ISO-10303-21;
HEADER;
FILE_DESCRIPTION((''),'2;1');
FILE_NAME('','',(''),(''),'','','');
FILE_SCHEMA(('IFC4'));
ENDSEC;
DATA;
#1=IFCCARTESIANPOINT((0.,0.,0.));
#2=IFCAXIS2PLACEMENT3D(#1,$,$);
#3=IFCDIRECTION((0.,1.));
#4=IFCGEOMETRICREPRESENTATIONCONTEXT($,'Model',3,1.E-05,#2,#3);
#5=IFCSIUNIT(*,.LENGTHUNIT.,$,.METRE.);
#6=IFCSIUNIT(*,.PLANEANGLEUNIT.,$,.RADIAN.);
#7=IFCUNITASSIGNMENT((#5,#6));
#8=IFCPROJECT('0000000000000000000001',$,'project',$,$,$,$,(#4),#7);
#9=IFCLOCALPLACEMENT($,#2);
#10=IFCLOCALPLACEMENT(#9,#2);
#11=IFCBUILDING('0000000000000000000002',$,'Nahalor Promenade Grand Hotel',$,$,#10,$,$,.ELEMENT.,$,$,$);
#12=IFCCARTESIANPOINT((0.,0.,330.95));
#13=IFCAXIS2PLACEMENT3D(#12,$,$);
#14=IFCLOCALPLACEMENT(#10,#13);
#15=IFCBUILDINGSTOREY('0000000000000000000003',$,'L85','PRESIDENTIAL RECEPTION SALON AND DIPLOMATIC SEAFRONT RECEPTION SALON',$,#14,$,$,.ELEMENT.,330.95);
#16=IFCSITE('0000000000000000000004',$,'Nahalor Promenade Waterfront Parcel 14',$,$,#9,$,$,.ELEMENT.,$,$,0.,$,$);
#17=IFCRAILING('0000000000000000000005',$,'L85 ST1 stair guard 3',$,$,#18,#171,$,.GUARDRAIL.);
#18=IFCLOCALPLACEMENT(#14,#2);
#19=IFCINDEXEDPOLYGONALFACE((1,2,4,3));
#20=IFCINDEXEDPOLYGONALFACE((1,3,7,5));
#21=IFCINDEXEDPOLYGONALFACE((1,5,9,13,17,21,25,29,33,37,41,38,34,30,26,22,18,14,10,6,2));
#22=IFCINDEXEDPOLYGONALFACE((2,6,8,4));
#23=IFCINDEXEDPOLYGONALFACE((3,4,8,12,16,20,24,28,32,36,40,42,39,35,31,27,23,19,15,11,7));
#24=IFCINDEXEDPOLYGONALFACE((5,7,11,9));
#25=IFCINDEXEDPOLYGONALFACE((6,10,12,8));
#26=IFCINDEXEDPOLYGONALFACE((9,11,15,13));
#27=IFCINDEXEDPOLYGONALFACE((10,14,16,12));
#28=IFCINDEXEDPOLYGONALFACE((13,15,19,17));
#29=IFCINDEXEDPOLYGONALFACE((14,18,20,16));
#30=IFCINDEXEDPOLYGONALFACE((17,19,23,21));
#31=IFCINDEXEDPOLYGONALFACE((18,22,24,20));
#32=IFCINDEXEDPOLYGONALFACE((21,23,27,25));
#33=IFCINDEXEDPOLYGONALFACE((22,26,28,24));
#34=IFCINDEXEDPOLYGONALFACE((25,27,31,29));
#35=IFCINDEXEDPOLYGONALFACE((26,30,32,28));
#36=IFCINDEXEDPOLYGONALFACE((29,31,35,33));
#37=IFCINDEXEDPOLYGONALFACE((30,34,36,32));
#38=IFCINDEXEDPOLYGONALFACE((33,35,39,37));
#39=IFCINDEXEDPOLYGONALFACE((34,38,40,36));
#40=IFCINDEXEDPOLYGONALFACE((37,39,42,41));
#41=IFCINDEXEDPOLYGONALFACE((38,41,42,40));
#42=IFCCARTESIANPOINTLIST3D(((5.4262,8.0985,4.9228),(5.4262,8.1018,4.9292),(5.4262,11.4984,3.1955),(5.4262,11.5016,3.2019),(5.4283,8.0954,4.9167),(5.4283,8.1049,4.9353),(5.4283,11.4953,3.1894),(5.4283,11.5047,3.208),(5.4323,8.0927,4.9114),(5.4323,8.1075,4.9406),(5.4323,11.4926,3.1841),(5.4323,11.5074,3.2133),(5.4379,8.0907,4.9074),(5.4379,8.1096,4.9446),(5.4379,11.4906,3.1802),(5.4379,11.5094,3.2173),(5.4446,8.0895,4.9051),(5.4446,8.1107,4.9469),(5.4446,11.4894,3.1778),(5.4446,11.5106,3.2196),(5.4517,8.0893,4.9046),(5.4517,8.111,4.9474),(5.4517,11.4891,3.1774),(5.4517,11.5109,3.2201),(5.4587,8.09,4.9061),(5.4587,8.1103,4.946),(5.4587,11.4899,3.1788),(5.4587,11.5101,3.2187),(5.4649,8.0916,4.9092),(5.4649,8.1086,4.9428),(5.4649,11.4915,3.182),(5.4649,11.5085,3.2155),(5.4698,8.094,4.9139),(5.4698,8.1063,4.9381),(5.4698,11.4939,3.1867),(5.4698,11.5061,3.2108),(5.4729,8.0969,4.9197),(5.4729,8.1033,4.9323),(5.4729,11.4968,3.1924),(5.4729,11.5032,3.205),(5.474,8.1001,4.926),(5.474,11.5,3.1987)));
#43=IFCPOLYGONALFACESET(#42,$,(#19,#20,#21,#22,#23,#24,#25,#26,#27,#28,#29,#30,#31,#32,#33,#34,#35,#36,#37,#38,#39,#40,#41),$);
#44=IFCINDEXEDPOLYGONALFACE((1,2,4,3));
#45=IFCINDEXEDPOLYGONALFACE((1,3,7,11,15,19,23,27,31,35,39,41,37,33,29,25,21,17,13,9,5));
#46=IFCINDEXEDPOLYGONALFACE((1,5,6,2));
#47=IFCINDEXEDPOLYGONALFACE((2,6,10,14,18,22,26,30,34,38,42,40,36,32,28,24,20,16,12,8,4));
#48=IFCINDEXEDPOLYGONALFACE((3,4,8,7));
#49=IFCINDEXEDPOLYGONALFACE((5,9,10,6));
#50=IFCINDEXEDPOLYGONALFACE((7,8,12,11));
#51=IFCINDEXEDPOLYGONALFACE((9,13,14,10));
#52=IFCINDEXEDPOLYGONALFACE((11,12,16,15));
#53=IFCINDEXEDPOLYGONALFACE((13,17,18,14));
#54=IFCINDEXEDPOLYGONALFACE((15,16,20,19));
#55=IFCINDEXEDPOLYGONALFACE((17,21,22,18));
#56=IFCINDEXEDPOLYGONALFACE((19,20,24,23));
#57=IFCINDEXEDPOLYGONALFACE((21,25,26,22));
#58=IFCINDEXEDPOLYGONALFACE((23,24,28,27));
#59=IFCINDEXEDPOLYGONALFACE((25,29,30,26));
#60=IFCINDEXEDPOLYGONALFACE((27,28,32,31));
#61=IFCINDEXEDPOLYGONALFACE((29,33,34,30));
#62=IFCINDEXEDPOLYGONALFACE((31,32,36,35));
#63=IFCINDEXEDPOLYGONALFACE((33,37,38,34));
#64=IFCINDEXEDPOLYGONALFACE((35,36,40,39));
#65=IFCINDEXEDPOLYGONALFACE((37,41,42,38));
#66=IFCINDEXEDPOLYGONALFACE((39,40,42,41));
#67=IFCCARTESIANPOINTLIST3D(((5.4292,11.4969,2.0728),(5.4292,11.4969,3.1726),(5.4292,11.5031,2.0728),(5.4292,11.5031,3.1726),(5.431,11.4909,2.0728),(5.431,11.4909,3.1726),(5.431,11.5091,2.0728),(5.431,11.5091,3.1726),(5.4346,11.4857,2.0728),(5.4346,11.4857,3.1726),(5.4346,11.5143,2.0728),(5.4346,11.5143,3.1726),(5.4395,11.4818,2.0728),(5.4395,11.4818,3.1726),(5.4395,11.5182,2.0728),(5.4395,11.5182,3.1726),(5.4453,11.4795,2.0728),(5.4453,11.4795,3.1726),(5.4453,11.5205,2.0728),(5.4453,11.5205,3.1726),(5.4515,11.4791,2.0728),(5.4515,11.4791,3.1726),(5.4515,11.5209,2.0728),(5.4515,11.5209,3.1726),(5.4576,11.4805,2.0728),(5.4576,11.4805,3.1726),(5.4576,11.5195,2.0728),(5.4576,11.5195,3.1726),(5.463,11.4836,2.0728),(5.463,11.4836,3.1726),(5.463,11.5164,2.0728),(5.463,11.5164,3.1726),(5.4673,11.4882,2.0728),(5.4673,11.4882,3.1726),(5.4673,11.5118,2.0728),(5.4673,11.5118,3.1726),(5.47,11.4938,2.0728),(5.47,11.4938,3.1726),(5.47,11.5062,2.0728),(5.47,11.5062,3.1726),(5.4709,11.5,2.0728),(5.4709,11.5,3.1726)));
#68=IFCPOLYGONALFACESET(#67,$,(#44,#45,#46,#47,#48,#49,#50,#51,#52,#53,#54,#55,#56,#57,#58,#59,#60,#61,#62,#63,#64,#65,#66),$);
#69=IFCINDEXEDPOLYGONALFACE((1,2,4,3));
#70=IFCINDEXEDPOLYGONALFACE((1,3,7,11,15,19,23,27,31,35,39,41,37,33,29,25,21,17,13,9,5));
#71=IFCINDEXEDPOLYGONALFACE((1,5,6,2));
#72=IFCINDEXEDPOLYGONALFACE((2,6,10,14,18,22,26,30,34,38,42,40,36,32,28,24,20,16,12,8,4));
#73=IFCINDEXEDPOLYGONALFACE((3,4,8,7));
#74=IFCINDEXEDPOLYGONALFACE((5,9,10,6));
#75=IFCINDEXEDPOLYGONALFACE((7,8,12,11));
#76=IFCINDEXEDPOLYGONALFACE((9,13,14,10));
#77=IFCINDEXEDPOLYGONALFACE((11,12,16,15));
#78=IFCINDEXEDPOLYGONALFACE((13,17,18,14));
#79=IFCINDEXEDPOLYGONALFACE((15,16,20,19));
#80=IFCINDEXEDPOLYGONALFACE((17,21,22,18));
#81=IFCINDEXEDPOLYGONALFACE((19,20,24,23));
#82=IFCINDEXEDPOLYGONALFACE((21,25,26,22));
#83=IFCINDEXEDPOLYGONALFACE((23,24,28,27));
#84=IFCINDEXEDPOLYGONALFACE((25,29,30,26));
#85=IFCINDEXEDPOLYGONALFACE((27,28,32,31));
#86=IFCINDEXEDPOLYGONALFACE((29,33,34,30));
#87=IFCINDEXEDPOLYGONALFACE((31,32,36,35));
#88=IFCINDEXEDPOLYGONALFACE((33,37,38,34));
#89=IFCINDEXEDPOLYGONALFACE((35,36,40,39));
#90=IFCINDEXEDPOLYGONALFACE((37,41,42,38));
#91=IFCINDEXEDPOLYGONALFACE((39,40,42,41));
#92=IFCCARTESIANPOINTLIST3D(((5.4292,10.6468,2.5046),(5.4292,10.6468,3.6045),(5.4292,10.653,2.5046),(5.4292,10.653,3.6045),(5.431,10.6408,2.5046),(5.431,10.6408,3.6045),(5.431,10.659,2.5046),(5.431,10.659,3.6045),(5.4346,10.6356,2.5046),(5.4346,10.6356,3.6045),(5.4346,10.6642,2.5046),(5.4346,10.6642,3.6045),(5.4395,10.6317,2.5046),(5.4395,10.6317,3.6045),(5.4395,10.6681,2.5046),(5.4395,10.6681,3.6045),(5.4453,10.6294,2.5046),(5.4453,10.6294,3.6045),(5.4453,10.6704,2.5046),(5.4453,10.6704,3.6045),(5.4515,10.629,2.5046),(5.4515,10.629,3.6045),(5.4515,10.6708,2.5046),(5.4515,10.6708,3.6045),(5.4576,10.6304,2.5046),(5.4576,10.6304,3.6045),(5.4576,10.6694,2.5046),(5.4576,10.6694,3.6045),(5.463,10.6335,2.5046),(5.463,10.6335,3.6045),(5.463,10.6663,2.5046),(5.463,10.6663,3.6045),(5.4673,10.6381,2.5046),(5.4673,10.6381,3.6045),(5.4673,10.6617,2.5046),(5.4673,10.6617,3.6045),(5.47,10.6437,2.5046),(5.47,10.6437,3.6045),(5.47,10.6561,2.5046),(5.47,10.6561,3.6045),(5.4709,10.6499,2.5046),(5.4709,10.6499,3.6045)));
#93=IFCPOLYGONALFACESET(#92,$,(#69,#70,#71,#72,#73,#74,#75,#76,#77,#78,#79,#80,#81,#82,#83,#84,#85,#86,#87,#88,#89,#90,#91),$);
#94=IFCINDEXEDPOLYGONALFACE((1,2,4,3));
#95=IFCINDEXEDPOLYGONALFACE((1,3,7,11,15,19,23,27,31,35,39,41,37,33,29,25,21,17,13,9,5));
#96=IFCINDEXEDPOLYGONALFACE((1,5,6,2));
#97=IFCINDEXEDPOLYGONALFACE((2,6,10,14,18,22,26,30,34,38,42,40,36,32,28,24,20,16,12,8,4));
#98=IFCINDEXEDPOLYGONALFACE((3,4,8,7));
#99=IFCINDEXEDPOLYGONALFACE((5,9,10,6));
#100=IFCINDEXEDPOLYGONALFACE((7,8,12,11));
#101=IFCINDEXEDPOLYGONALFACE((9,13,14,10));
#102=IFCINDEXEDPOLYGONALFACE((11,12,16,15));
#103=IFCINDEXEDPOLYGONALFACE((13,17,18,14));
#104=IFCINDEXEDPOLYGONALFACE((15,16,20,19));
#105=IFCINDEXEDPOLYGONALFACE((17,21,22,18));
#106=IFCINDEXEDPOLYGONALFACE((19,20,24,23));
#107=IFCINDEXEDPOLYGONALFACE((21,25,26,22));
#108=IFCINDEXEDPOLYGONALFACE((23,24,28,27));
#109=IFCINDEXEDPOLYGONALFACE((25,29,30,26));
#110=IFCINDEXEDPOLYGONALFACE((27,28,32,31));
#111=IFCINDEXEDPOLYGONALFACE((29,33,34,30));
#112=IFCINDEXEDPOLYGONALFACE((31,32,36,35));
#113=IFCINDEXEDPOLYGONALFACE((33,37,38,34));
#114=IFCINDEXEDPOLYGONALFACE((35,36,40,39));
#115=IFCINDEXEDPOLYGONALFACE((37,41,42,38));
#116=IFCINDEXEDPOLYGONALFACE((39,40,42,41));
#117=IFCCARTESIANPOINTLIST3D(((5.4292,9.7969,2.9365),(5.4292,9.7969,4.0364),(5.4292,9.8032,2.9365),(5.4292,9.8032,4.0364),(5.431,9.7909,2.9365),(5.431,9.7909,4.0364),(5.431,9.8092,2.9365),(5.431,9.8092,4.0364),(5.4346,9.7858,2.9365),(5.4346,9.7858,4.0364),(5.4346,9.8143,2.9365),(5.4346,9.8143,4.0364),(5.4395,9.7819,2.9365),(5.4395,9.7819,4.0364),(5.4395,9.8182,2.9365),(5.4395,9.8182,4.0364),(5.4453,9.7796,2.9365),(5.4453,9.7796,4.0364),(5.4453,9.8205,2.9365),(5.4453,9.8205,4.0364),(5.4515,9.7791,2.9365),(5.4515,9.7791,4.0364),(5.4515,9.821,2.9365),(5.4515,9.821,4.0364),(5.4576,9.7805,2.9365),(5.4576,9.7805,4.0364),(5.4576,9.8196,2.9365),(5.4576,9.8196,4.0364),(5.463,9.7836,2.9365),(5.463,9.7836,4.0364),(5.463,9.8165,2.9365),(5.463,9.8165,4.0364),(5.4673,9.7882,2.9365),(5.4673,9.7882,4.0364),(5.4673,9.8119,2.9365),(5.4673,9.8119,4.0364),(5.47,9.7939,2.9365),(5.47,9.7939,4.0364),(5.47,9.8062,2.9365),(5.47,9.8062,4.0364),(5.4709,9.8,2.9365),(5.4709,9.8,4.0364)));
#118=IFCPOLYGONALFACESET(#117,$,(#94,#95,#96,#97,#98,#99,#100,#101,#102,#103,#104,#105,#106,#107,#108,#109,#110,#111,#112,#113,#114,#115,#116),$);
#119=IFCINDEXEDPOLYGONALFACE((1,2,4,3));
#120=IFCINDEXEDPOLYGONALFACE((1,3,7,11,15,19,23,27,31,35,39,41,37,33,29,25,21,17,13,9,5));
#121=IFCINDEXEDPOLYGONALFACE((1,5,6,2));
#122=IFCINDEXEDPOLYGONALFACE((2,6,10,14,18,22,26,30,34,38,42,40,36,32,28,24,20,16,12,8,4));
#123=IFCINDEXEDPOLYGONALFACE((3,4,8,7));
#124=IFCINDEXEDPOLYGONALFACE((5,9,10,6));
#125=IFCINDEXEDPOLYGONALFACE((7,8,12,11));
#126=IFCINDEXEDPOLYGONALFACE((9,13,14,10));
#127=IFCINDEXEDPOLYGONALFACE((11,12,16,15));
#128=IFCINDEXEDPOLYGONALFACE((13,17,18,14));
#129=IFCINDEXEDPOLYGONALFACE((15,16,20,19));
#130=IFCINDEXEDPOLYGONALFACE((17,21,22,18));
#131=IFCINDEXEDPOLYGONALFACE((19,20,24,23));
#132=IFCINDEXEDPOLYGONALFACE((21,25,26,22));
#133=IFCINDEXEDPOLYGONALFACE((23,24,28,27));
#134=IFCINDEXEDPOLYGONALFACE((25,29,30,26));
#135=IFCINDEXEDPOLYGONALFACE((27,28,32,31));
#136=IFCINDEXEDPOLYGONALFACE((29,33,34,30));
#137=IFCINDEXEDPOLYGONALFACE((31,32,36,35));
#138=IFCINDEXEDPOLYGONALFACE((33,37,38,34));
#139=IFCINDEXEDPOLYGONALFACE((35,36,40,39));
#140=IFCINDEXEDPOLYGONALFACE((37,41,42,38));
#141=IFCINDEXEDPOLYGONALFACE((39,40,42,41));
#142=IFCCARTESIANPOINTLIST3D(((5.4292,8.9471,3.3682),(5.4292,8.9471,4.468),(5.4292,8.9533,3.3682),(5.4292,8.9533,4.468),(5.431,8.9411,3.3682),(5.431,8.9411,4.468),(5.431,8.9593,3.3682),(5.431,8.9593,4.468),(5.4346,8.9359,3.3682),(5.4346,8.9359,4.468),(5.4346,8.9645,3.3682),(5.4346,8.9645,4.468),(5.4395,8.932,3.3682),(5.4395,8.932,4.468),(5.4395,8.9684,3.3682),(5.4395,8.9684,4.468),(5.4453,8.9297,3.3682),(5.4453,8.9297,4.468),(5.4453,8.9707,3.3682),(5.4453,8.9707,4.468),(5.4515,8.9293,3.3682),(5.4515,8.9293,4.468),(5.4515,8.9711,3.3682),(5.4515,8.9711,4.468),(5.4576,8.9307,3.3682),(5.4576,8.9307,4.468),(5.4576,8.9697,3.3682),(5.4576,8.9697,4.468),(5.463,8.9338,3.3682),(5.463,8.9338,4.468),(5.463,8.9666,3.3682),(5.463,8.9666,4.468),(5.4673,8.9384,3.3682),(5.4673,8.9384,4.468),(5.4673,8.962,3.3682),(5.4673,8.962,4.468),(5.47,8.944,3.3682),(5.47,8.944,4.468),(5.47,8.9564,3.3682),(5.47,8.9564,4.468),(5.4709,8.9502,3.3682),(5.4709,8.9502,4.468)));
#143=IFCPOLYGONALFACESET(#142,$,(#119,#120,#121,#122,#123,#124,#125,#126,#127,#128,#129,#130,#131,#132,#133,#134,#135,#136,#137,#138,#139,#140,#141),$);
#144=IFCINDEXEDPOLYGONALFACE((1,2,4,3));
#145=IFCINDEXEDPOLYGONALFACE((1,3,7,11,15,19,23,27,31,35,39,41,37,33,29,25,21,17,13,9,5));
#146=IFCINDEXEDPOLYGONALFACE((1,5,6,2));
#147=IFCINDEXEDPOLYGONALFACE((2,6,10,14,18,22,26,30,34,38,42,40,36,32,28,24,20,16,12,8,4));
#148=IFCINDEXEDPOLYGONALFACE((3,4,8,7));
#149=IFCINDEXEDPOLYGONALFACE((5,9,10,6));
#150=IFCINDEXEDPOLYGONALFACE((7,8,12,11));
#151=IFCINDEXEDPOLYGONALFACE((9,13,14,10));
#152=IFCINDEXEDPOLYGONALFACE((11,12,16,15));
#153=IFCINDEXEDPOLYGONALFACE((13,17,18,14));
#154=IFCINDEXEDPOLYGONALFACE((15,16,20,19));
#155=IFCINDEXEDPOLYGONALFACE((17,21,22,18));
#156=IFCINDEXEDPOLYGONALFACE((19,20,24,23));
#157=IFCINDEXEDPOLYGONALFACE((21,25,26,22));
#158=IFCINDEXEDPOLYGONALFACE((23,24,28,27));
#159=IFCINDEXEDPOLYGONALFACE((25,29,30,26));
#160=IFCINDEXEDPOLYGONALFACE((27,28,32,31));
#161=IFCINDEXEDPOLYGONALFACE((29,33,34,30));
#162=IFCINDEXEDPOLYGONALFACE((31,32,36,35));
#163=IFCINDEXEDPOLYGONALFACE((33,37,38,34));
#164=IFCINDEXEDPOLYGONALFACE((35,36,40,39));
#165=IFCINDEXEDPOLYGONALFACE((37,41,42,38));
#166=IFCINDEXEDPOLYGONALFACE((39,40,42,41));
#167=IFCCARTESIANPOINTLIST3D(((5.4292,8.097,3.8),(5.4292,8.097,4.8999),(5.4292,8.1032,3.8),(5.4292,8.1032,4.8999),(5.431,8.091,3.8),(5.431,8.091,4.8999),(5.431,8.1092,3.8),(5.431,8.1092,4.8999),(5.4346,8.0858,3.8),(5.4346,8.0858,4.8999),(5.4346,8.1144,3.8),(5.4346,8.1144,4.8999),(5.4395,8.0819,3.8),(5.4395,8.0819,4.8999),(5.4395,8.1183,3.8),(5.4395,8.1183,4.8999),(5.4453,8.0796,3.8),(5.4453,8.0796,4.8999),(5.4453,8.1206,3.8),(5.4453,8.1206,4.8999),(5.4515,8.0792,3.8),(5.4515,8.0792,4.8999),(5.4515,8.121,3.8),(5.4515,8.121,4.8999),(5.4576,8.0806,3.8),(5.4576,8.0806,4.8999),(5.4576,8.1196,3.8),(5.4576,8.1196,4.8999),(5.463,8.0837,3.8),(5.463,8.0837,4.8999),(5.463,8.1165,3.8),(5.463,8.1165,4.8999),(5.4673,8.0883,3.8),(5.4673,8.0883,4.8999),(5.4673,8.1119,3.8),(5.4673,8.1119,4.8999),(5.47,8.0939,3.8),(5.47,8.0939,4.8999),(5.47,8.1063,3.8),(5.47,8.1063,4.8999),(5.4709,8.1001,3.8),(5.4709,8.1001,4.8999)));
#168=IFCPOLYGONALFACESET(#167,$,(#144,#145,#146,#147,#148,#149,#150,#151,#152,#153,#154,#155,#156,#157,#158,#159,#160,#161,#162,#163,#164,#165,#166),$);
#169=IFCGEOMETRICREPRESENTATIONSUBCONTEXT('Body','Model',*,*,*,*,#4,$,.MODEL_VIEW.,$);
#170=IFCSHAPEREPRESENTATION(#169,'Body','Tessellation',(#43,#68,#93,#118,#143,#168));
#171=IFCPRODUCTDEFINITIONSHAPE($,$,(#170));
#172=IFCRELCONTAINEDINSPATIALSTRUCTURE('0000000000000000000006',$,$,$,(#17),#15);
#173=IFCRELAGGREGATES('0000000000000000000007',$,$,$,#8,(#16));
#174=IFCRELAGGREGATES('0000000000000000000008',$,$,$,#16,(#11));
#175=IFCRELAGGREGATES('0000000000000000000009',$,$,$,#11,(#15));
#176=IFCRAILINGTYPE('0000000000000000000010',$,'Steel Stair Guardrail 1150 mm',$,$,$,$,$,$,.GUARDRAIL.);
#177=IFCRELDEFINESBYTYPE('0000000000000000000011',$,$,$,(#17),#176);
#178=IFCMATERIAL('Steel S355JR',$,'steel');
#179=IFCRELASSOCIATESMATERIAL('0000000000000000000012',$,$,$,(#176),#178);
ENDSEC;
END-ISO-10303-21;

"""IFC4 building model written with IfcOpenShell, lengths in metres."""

from ifc_helpers import new_model, si_unit, direction, frame, origin, origin_2d, place, context, subcontext, project, spatial, circle, extrude, material, type_object, element, save


model = new_model("IFC4")

# Units and contexts
model_context = context("Model", 3, precision=1e-05, world=origin(), true_north=direction((0.0, 1.0)))
body_context = subcontext(model_context, "Body", "Model", "MODEL_VIEW")
ifc_project = project(units=[si_unit("LENGTHUNIT", "METRE"), si_unit("PLANEANGLEUNIT", "RADIAN")], contexts=[model_context])

# Site, building, storey
site_placement = place(None, origin())
site = spatial("IfcSite", under=ifc_project, at=site_placement, Name="Nahalor Promenade Waterfront Parcel 14", CompositionType="ELEMENT", RefElevation=0.0)
building_placement = place(site_placement, origin())
building = spatial("IfcBuilding", under=site, at=building_placement, Name="Nahalor Promenade Grand Hotel", CompositionType="ELEMENT")
storey_placement = place(building_placement, frame((0.0, 0.0, 330.95)))
storey = spatial("IfcBuildingStorey", under=building, at=storey_placement, Name="L85", Description="PRESIDENTIAL RECEPTION SALON AND DIPLOMATIC SEAFRONT RECEPTION SALON", CompositionType="ELEMENT", Elevation=330.95)

# Shared definitions
ifc_material_1 = material(Name="Steel S355JR", Category="steel")

# Railing
railing_type_1 = type_object("IfcRailingType", Name="Steel Stair Guardrail 1150 mm", PredefinedType="GUARDRAIL", material=ifc_material_1)
railing_1_placement = place(storey_placement, frame((5.45, 11.5, 2.0728)))
element("IfcRailing", 1, at=railing_1_placement, inside=storey, type_object=railing_type_1, Name="L85 ST1 stair guard 3", PredefinedType="GUARDRAIL", context=body_context, shape_type="SweptSolid", body=[
    extrude(circle(Radius=0.024, at=origin_2d()), frame((0.0, 0.0, 1.126), z_axis=(0.0, -0.891541, 0.452941), x_axis=(1.0, 0.0, 0.0)), (0.0, 0.0, 1.0), 3.8135),
    extrude(circle(Radius=0.021, at=origin_2d()), origin(), (0.0, 0.0, 1.0), 1.0999),
    extrude(circle(Radius=0.021, at=origin_2d()), frame((0.0, -0.8501, 0.4319)), (0.0, 0.0, 1.0), 1.0999),
    extrude(circle(Radius=0.021, at=origin_2d()), frame((0.0, -1.7, 0.8638)), (0.0, 0.0, 1.0), 1.0999),
    extrude(circle(Radius=0.021, at=origin_2d()), frame((0.0, -2.5498, 1.2954)), (0.0, 0.0, 1.0), 1.0999),
    extrude(circle(Radius=0.021, at=origin_2d()), frame((0.0, -3.3999, 1.7273)), (0.0, 0.0, 1.0), 1.0999),
])

save(model, "model.ifc")
